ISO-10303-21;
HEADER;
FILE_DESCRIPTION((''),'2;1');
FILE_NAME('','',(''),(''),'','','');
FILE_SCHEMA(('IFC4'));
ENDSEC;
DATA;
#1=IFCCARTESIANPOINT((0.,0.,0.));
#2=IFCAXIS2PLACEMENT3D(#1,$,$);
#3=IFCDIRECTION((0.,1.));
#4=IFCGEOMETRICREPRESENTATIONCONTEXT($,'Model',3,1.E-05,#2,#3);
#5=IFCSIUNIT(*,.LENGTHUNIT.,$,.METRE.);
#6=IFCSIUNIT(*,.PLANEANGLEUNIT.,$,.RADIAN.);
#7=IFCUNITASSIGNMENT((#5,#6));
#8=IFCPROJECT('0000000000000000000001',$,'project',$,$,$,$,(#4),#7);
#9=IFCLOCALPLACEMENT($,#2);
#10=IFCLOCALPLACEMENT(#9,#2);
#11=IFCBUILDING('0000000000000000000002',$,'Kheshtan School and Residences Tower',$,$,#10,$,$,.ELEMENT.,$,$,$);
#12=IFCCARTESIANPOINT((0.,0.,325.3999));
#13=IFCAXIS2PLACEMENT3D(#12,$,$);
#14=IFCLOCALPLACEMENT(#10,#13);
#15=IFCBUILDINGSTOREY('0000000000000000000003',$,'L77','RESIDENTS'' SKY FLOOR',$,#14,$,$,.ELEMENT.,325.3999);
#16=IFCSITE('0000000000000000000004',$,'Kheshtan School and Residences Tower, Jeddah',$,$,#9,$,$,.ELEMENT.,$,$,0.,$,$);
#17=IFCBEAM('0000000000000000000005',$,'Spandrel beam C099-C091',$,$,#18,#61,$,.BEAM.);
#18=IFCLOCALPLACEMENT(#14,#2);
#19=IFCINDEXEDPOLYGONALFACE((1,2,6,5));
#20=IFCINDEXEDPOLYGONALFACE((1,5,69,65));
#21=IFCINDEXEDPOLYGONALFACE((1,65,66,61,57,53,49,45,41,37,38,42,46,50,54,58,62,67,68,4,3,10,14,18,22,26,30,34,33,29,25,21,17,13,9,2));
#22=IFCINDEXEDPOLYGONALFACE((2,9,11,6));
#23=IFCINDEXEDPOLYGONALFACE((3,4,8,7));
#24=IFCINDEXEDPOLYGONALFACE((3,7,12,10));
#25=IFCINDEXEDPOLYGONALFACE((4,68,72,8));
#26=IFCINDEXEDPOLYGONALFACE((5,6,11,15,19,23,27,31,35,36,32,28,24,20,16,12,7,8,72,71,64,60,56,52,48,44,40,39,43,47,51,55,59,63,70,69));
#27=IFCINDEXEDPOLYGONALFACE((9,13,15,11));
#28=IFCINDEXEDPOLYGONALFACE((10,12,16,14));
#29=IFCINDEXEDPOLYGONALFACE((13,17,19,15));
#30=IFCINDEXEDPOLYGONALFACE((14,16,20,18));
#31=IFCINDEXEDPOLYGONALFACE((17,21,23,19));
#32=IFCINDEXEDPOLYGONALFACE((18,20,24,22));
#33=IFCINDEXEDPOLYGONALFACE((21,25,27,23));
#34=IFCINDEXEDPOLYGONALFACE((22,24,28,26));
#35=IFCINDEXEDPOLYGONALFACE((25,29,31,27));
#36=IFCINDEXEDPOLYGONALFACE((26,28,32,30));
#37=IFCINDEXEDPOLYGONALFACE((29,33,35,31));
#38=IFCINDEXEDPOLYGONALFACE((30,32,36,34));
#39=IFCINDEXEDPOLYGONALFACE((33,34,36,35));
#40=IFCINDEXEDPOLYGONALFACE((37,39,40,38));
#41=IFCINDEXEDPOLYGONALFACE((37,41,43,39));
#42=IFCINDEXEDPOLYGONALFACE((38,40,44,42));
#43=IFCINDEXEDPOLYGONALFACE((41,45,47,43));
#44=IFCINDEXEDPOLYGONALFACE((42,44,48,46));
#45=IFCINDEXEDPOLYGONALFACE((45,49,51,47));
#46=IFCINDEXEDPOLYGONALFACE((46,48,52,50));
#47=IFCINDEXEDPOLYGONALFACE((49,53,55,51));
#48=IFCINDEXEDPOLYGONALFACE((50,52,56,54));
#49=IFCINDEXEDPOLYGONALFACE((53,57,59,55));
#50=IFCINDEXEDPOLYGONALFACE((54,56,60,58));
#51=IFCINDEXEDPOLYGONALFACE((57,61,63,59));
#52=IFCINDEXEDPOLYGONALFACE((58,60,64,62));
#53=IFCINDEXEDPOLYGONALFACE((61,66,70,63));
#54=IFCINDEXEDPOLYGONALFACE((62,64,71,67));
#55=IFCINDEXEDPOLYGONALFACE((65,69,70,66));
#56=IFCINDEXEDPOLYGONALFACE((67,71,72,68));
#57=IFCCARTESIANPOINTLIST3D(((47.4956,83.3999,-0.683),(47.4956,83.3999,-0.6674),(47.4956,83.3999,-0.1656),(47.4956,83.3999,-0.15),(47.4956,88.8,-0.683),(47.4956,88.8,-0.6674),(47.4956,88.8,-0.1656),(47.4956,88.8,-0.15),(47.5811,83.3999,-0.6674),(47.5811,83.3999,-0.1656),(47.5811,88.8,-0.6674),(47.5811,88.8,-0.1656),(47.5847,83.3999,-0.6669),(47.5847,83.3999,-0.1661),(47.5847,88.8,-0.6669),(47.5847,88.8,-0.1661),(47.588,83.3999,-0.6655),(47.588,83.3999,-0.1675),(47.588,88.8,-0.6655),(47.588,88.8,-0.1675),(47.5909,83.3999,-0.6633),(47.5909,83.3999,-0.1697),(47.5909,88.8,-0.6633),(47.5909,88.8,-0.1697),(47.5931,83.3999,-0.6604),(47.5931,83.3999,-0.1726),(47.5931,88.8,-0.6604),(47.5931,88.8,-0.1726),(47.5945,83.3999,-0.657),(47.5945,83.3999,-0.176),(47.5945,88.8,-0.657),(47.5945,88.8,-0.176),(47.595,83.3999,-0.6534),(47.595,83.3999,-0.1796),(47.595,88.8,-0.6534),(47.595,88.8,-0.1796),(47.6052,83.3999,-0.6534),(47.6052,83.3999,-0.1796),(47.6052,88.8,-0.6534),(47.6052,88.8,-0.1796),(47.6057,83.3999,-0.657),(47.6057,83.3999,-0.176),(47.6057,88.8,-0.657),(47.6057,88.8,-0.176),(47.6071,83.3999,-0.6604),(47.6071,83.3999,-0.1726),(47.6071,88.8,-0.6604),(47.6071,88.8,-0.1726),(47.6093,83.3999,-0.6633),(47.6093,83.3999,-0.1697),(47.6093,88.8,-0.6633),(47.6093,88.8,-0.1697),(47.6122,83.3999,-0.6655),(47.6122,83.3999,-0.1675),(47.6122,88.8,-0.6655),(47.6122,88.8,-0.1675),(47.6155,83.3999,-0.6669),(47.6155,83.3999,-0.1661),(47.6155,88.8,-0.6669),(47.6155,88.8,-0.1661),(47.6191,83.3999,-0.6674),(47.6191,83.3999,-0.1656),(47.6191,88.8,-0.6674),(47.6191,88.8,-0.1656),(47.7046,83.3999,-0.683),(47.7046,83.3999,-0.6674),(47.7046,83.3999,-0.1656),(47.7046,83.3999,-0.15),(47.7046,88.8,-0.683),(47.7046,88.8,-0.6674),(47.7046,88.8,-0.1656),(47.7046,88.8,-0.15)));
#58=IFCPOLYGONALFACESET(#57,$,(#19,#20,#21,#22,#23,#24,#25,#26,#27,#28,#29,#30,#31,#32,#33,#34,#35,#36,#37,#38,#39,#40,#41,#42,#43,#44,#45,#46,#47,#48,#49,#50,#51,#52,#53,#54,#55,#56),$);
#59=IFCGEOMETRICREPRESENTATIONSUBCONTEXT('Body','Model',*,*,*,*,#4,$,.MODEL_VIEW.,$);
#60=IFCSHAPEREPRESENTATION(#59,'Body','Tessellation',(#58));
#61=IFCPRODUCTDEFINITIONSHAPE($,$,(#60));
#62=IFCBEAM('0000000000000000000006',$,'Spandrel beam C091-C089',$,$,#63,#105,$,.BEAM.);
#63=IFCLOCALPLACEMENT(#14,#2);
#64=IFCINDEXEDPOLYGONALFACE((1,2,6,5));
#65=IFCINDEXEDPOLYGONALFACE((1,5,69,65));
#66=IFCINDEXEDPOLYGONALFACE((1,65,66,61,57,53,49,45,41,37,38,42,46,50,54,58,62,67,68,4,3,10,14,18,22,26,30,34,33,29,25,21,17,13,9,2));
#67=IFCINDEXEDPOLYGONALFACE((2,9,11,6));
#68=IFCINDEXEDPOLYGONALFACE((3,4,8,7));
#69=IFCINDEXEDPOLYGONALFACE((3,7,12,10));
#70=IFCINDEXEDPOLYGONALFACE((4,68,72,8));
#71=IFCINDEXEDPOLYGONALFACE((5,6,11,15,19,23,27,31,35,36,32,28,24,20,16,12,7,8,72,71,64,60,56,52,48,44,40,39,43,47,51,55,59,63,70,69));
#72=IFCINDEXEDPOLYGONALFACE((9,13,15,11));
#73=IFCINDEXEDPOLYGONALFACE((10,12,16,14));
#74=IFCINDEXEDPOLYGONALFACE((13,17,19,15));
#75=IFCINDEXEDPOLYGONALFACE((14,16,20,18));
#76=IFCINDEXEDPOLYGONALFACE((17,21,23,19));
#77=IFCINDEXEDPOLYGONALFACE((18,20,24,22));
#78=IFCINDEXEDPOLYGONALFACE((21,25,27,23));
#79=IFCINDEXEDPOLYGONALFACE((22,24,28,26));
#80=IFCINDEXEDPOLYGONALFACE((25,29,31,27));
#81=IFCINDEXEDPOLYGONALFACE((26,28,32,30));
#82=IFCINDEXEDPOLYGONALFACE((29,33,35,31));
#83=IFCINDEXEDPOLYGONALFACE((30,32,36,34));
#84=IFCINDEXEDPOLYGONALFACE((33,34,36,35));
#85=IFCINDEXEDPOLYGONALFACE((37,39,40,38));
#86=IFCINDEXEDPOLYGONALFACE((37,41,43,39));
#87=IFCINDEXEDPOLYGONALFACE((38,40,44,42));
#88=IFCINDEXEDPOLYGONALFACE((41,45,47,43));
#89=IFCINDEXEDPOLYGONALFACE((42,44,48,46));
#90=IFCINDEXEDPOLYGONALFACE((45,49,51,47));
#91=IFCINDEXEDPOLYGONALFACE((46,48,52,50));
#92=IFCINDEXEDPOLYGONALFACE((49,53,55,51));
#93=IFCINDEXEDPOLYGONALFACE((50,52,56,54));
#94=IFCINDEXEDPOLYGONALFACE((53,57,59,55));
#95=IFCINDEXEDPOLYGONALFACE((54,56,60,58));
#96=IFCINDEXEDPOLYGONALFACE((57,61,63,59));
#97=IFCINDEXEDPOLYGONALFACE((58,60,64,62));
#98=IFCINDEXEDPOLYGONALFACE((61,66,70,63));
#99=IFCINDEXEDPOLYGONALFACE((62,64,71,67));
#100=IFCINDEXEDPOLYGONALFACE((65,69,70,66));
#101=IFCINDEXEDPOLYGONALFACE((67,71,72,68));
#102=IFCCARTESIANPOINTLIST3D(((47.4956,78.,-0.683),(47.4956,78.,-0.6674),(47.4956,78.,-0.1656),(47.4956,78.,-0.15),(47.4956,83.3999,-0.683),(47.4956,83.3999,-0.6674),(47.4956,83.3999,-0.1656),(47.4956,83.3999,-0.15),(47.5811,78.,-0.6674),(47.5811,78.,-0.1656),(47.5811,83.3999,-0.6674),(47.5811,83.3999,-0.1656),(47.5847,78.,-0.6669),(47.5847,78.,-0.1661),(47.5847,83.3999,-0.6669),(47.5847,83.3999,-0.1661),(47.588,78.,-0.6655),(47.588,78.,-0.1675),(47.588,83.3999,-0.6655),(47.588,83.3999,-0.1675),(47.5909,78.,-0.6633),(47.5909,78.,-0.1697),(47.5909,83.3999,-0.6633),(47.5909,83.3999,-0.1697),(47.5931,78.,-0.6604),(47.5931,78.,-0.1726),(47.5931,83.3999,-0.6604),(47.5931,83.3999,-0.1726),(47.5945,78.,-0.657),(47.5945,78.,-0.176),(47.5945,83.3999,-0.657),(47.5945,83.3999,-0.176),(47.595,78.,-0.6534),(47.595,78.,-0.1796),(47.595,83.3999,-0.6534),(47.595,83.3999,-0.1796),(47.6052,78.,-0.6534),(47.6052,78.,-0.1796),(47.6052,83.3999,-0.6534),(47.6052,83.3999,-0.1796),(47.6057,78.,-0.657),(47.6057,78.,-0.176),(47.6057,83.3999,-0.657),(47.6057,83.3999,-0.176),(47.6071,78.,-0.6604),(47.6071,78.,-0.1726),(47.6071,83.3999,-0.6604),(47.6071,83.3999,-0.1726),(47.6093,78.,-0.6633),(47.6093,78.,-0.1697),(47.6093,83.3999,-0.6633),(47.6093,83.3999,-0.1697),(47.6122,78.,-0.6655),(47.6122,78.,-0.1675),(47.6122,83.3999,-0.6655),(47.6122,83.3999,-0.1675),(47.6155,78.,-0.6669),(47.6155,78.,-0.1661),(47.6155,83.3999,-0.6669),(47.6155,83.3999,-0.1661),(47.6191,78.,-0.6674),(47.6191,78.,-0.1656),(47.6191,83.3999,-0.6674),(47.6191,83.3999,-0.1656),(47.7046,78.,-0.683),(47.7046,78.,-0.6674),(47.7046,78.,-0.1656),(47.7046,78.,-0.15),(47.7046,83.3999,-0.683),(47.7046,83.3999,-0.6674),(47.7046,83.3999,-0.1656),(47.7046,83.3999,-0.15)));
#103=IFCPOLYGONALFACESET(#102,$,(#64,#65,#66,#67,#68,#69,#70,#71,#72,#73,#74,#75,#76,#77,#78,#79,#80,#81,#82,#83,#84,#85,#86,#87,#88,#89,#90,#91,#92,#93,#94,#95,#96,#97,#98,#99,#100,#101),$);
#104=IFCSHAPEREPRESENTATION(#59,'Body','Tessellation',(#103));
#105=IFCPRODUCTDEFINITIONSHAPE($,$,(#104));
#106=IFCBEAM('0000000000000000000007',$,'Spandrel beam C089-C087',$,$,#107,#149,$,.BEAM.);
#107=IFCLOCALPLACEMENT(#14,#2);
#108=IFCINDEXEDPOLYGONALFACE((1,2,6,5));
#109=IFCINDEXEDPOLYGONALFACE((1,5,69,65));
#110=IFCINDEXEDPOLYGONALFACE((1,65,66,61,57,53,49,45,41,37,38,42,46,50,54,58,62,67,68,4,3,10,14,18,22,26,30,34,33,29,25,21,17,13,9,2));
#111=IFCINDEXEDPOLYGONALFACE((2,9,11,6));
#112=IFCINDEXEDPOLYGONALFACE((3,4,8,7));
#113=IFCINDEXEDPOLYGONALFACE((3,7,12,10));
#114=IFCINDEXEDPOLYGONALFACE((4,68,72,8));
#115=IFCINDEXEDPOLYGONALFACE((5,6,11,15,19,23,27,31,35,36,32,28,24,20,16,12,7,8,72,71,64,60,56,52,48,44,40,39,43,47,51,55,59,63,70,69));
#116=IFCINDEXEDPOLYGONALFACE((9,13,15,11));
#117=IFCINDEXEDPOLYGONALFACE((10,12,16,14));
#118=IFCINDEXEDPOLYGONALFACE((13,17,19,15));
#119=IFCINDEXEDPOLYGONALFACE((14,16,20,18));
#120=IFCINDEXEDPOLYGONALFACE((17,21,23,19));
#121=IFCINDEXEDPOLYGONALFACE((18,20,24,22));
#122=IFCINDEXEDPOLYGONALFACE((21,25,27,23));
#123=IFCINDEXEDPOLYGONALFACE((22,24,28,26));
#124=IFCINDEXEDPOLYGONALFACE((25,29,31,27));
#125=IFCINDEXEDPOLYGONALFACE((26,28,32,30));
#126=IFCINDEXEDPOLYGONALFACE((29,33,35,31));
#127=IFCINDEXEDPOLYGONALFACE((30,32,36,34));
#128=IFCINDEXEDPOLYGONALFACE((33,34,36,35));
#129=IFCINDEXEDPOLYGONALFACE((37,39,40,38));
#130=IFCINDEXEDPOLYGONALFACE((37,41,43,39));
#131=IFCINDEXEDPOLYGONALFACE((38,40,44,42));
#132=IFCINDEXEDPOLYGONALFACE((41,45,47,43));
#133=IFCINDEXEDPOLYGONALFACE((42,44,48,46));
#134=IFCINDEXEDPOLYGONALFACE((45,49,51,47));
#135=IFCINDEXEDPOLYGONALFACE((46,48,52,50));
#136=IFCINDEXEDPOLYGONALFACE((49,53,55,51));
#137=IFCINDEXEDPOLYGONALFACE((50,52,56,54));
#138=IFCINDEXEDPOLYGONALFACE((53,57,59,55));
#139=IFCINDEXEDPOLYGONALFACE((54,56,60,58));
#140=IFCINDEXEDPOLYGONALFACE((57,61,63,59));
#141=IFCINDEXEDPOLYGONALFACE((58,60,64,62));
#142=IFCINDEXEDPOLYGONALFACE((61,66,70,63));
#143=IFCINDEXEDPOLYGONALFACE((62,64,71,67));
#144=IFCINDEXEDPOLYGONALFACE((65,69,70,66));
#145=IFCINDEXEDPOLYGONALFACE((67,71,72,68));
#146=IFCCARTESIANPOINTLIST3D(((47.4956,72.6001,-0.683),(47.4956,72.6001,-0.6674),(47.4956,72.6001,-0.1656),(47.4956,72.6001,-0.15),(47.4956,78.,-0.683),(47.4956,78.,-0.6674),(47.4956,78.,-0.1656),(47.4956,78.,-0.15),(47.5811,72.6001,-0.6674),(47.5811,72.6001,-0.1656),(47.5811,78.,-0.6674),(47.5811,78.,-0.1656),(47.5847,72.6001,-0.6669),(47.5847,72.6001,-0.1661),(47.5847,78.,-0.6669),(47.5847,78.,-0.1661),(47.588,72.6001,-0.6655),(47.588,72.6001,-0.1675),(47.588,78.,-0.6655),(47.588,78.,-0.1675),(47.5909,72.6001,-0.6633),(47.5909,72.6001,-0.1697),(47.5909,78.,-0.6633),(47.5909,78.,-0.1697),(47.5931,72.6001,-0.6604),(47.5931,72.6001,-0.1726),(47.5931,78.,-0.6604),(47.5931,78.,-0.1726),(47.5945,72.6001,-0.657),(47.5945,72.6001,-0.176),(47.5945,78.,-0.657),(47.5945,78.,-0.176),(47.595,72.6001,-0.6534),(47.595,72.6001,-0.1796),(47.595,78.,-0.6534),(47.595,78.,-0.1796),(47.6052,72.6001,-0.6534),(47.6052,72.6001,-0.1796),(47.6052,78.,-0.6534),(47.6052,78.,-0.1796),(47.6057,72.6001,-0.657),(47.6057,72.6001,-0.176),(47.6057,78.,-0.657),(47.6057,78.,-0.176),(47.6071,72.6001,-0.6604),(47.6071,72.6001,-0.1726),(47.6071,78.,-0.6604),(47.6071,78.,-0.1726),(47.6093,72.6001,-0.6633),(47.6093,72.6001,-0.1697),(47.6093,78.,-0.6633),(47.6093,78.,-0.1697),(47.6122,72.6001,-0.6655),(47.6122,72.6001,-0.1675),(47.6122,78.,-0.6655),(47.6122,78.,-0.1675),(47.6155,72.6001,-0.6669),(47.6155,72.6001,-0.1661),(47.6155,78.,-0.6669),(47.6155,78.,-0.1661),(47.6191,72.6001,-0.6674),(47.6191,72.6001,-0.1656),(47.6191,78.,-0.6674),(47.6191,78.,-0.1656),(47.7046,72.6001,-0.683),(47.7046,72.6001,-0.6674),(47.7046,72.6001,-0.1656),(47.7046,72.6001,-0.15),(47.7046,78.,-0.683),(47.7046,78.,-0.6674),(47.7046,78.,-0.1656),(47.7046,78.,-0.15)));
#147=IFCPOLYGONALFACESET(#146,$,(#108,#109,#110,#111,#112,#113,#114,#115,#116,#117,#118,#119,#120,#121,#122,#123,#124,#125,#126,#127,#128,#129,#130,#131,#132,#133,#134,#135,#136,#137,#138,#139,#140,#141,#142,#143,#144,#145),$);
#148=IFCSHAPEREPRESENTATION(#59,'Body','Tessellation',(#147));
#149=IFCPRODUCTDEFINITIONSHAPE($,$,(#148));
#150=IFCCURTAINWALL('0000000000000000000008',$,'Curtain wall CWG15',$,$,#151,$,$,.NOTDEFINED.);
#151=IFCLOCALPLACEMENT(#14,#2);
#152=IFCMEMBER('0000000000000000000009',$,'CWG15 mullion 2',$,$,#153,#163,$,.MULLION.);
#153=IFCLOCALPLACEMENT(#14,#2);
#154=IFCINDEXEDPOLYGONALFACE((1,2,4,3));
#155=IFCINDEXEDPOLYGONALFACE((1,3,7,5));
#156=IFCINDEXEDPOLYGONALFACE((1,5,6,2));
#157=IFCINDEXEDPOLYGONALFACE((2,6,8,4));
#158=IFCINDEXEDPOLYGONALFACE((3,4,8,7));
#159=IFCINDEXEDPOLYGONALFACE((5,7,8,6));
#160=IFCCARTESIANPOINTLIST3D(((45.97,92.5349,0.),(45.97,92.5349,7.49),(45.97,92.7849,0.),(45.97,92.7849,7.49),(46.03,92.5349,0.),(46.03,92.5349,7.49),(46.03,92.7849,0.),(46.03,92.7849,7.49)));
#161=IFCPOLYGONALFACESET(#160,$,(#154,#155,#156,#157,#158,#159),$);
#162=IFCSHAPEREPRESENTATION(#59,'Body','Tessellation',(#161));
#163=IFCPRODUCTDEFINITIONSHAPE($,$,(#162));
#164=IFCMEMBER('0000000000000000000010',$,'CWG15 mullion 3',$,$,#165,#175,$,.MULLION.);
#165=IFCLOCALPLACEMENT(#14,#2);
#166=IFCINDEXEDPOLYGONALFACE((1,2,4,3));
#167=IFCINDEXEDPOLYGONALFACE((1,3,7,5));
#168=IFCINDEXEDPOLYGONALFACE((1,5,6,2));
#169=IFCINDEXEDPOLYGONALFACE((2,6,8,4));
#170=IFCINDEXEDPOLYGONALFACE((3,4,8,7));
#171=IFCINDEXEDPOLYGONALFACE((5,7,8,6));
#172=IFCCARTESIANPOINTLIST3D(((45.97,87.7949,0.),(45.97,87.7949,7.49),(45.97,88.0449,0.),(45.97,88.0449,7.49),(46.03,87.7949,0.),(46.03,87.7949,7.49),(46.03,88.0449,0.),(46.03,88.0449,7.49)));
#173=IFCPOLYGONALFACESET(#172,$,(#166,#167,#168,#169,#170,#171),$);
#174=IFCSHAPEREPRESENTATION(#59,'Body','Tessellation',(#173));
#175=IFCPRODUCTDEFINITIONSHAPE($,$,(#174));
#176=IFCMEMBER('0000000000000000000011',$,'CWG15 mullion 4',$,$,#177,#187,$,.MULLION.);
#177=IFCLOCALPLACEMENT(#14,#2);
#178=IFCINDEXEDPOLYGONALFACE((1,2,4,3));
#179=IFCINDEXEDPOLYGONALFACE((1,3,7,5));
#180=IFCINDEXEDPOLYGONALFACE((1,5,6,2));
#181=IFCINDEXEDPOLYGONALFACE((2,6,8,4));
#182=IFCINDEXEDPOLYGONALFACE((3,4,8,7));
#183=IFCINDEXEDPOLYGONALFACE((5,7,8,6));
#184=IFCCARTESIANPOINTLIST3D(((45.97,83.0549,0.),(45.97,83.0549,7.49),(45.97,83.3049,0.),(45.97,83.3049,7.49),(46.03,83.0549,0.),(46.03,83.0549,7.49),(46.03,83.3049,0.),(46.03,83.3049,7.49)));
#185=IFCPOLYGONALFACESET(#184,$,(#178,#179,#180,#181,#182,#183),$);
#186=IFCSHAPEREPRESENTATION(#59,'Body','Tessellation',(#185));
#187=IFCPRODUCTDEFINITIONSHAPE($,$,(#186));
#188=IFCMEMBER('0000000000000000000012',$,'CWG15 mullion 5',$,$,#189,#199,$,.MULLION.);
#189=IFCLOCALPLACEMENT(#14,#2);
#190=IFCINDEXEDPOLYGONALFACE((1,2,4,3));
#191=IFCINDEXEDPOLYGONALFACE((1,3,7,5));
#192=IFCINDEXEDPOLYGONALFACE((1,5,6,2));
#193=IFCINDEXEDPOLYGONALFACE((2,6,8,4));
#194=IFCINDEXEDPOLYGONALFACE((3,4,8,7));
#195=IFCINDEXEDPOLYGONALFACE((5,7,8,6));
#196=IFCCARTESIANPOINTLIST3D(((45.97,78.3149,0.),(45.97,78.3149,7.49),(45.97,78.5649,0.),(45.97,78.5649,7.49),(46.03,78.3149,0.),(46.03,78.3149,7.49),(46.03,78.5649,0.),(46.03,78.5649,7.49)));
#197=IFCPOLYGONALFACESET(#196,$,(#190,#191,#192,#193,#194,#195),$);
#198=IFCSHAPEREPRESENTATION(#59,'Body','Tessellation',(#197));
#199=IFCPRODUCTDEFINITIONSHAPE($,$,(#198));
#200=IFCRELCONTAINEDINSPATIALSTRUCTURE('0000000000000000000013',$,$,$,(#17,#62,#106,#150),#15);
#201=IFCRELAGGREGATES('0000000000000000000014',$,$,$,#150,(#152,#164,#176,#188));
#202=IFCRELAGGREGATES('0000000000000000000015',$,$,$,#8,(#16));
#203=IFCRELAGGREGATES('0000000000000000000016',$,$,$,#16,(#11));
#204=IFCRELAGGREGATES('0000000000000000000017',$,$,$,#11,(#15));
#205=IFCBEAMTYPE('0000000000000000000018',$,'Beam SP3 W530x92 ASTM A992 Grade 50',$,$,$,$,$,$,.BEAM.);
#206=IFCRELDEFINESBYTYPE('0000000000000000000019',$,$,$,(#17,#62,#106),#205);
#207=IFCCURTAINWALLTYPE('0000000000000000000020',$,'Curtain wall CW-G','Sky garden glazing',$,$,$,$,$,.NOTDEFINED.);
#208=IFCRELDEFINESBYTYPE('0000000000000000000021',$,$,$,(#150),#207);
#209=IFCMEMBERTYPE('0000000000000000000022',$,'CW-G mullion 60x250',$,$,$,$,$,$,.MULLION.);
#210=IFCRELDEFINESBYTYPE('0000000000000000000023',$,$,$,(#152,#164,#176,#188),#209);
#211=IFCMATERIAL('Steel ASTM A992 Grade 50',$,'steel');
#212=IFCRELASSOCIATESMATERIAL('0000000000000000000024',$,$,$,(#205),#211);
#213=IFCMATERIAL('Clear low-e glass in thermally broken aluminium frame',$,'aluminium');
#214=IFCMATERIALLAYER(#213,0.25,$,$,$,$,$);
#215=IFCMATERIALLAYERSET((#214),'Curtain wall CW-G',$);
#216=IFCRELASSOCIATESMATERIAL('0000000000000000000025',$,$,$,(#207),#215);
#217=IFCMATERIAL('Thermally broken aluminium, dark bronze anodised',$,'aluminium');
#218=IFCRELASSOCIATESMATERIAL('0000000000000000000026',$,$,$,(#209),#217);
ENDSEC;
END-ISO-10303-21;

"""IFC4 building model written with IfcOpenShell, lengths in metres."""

from ifc_helpers import new_model, si_unit, direction, frame, origin, origin_2d, place, context, subcontext, project, spatial, rectangle, i_section, extrude, material, layer, layer_set, material_profile, profile_set, type_object, element, aggregate, save


model = new_model("IFC4")

# Units and contexts
model_context = context("Model", 3, precision=1e-05, world=origin(), true_north=direction((0.0, 1.0)))
body_context = subcontext(model_context, "Body", "Model", "MODEL_VIEW")
ifc_project = project(units=[si_unit("LENGTHUNIT", "METRE"), si_unit("PLANEANGLEUNIT", "RADIAN")], contexts=[model_context])

# Site, building, storey
site_placement = place(None, origin())
site = spatial("IfcSite", under=ifc_project, at=site_placement, Name="Kheshtan School and Residences Tower, Jeddah", CompositionType="ELEMENT", RefElevation=0.0)
building_placement = place(site_placement, origin())
building = spatial("IfcBuilding", under=site, at=building_placement, Name="Kheshtan School and Residences Tower", CompositionType="ELEMENT")
storey_placement = place(building_placement, frame((0.0, 0.0, 325.3999)))
storey = spatial("IfcBuildingStorey", under=building, at=storey_placement, Name="L77", Description="RESIDENTS' SKY FLOOR", CompositionType="ELEMENT", Elevation=325.3999)

# Shared definitions
ifc_material_1 = material(Name="Steel ASTM A992 Grade 50", Category="steel")

# Beams
ifc_material_profile_1 = material_profile(ifc_material_1, i_section(OverallWidth=0.209, OverallDepth=0.533, WebThickness=0.0103, FlangeThickness=0.0156, FilletRadius=0.0139, at=origin_2d()), Name="W530x92")
ifc_profile_set_1 = profile_set([ifc_material_profile_1], Name="Steel ASTM A992 Grade 50")
beam_type_1 = type_object("IfcBeamType", Name="Beam SP3 W530x92 ASTM A992 Grade 50", PredefinedType="BEAM", material=ifc_profile_set_1)
beam_1_placement = place(storey_placement, frame((47.6001, 88.8, -0.4165), z_axis=(0.0, -1.0, 0.0), x_axis=(1.0, 0.0, 0.0)))
element("IfcBeam", 1, at=beam_1_placement, inside=storey, type_object=beam_type_1, Name="Spandrel beam C099-C091", PredefinedType="BEAM", context=body_context, shape_type="SweptSolid", body=[
    extrude(i_section(OverallWidth=0.209, OverallDepth=0.533, WebThickness=0.0103, FlangeThickness=0.0156, FilletRadius=0.0139, at=origin_2d()), origin(), (0.0, 0.0, 1.0), 5.4001),
])
for number, where, z_axis, x_axis, name in (
    (2, (47.6001, 83.3999, -0.4165), (0.0, -1.0, 0.0), (1.0, 0.0, 0.0), "Spandrel beam C091-C089"),
    (3, (47.6001, 78.0, -0.4165), (0.0, -1.0, 0.0), (1.0, 0.0, 0.0), "Spandrel beam C089-C087"),
):
    element("IfcBeam", number, at=place(storey_placement, frame(where, z_axis=z_axis, x_axis=x_axis)), inside=storey, type_object=beam_type_1, Name=name, PredefinedType="BEAM", context=body_context, shape_type="SweptSolid", body=[
        extrude(i_section(OverallWidth=0.209, OverallDepth=0.533, WebThickness=0.0103, FlangeThickness=0.0156, FilletRadius=0.0139, at=origin_2d()), origin(), (0.0, 0.0, 1.0), 5.3999),
    ])

# Curtain wall, members
ifc_material_2 = material(Name="Clear low-e glass in thermally broken aluminium frame", Category="aluminium")
ifc_layer_1 = layer(ifc_material_2, 0.25)
ifc_layer_set_1 = layer_set([ifc_layer_1], Name="Curtain wall CW-G")
curtain_wall_type = type_object("IfcCurtainWallType", Name="Curtain wall CW-G", Description="Sky garden glazing", PredefinedType="NOTDEFINED", material=ifc_layer_set_1)
curtain_wall_placement = place(storey_placement, origin())
curtain_wall = element("IfcCurtainWall", 4, at=curtain_wall_placement, inside=storey, type_object=curtain_wall_type, Name="Curtain wall CWG15", PredefinedType="NOTDEFINED")
ifc_material_3 = material(Name="Thermally broken aluminium, dark bronze anodised", Category="aluminium")
ifc_material_profile_2 = material_profile(ifc_material_3, rectangle(XDim=0.0601, YDim=0.25, at=origin_2d()), Name="CW-G mullion 60x250")
ifc_profile_set_2 = profile_set([ifc_material_profile_2], Name="Thermally broken aluminium, dark bronze anodised")
member_type = type_object("IfcMemberType", Name="CW-G mullion 60x250", PredefinedType="MULLION", material=ifc_profile_set_2)
member_1_placement = place(storey_placement, frame((46.0, 92.6599, 0.0), z_axis=(0.0, 0.0, 1.0), x_axis=(1.0, 0.0, 0.0)))
member_1 = element("IfcMember", 5, at=member_1_placement, type_object=member_type, Name="CWG15 mullion 2", PredefinedType="MULLION", context=body_context, shape_type="SweptSolid", body=[
    extrude(rectangle(XDim=0.0601, YDim=0.25, at=origin_2d()), origin(), (0.0, 0.0, 1.0), 7.49),
])
member_2_placement = place(storey_placement, frame((46.0, 87.9199, 0.0), z_axis=(0.0, 0.0, 1.0), x_axis=(1.0, 0.0, 0.0)))
member_2 = element("IfcMember", 6, at=member_2_placement, type_object=member_type, Name="CWG15 mullion 3", PredefinedType="MULLION", context=body_context, shape_type="SweptSolid", body=[
    extrude(rectangle(XDim=0.0601, YDim=0.25, at=origin_2d()), origin(), (0.0, 0.0, 1.0), 7.49),
])
member_3_placement = place(storey_placement, frame((46.0, 83.1799, 0.0), z_axis=(0.0, 0.0, 1.0), x_axis=(1.0, 0.0, 0.0)))
member_3 = element("IfcMember", 7, at=member_3_placement, type_object=member_type, Name="CWG15 mullion 4", PredefinedType="MULLION", context=body_context, shape_type="SweptSolid", body=[
    extrude(rectangle(XDim=0.0601, YDim=0.25, at=origin_2d()), origin(), (0.0, 0.0, 1.0), 7.49),
])
member_4_placement = place(storey_placement, frame((46.0, 78.4399, 0.0), z_axis=(0.0, 0.0, 1.0), x_axis=(1.0, 0.0, 0.0)))
member_4 = element("IfcMember", 8, at=member_4_placement, type_object=member_type, Name="CWG15 mullion 5", PredefinedType="MULLION", context=body_context, shape_type="SweptSolid", body=[
    extrude(rectangle(XDim=0.0601, YDim=0.25, at=origin_2d()), origin(), (0.0, 0.0, 1.0), 7.49),
])
aggregate(curtain_wall, [member_1, member_2, member_3, member_4])

save(model, "model.ifc")
